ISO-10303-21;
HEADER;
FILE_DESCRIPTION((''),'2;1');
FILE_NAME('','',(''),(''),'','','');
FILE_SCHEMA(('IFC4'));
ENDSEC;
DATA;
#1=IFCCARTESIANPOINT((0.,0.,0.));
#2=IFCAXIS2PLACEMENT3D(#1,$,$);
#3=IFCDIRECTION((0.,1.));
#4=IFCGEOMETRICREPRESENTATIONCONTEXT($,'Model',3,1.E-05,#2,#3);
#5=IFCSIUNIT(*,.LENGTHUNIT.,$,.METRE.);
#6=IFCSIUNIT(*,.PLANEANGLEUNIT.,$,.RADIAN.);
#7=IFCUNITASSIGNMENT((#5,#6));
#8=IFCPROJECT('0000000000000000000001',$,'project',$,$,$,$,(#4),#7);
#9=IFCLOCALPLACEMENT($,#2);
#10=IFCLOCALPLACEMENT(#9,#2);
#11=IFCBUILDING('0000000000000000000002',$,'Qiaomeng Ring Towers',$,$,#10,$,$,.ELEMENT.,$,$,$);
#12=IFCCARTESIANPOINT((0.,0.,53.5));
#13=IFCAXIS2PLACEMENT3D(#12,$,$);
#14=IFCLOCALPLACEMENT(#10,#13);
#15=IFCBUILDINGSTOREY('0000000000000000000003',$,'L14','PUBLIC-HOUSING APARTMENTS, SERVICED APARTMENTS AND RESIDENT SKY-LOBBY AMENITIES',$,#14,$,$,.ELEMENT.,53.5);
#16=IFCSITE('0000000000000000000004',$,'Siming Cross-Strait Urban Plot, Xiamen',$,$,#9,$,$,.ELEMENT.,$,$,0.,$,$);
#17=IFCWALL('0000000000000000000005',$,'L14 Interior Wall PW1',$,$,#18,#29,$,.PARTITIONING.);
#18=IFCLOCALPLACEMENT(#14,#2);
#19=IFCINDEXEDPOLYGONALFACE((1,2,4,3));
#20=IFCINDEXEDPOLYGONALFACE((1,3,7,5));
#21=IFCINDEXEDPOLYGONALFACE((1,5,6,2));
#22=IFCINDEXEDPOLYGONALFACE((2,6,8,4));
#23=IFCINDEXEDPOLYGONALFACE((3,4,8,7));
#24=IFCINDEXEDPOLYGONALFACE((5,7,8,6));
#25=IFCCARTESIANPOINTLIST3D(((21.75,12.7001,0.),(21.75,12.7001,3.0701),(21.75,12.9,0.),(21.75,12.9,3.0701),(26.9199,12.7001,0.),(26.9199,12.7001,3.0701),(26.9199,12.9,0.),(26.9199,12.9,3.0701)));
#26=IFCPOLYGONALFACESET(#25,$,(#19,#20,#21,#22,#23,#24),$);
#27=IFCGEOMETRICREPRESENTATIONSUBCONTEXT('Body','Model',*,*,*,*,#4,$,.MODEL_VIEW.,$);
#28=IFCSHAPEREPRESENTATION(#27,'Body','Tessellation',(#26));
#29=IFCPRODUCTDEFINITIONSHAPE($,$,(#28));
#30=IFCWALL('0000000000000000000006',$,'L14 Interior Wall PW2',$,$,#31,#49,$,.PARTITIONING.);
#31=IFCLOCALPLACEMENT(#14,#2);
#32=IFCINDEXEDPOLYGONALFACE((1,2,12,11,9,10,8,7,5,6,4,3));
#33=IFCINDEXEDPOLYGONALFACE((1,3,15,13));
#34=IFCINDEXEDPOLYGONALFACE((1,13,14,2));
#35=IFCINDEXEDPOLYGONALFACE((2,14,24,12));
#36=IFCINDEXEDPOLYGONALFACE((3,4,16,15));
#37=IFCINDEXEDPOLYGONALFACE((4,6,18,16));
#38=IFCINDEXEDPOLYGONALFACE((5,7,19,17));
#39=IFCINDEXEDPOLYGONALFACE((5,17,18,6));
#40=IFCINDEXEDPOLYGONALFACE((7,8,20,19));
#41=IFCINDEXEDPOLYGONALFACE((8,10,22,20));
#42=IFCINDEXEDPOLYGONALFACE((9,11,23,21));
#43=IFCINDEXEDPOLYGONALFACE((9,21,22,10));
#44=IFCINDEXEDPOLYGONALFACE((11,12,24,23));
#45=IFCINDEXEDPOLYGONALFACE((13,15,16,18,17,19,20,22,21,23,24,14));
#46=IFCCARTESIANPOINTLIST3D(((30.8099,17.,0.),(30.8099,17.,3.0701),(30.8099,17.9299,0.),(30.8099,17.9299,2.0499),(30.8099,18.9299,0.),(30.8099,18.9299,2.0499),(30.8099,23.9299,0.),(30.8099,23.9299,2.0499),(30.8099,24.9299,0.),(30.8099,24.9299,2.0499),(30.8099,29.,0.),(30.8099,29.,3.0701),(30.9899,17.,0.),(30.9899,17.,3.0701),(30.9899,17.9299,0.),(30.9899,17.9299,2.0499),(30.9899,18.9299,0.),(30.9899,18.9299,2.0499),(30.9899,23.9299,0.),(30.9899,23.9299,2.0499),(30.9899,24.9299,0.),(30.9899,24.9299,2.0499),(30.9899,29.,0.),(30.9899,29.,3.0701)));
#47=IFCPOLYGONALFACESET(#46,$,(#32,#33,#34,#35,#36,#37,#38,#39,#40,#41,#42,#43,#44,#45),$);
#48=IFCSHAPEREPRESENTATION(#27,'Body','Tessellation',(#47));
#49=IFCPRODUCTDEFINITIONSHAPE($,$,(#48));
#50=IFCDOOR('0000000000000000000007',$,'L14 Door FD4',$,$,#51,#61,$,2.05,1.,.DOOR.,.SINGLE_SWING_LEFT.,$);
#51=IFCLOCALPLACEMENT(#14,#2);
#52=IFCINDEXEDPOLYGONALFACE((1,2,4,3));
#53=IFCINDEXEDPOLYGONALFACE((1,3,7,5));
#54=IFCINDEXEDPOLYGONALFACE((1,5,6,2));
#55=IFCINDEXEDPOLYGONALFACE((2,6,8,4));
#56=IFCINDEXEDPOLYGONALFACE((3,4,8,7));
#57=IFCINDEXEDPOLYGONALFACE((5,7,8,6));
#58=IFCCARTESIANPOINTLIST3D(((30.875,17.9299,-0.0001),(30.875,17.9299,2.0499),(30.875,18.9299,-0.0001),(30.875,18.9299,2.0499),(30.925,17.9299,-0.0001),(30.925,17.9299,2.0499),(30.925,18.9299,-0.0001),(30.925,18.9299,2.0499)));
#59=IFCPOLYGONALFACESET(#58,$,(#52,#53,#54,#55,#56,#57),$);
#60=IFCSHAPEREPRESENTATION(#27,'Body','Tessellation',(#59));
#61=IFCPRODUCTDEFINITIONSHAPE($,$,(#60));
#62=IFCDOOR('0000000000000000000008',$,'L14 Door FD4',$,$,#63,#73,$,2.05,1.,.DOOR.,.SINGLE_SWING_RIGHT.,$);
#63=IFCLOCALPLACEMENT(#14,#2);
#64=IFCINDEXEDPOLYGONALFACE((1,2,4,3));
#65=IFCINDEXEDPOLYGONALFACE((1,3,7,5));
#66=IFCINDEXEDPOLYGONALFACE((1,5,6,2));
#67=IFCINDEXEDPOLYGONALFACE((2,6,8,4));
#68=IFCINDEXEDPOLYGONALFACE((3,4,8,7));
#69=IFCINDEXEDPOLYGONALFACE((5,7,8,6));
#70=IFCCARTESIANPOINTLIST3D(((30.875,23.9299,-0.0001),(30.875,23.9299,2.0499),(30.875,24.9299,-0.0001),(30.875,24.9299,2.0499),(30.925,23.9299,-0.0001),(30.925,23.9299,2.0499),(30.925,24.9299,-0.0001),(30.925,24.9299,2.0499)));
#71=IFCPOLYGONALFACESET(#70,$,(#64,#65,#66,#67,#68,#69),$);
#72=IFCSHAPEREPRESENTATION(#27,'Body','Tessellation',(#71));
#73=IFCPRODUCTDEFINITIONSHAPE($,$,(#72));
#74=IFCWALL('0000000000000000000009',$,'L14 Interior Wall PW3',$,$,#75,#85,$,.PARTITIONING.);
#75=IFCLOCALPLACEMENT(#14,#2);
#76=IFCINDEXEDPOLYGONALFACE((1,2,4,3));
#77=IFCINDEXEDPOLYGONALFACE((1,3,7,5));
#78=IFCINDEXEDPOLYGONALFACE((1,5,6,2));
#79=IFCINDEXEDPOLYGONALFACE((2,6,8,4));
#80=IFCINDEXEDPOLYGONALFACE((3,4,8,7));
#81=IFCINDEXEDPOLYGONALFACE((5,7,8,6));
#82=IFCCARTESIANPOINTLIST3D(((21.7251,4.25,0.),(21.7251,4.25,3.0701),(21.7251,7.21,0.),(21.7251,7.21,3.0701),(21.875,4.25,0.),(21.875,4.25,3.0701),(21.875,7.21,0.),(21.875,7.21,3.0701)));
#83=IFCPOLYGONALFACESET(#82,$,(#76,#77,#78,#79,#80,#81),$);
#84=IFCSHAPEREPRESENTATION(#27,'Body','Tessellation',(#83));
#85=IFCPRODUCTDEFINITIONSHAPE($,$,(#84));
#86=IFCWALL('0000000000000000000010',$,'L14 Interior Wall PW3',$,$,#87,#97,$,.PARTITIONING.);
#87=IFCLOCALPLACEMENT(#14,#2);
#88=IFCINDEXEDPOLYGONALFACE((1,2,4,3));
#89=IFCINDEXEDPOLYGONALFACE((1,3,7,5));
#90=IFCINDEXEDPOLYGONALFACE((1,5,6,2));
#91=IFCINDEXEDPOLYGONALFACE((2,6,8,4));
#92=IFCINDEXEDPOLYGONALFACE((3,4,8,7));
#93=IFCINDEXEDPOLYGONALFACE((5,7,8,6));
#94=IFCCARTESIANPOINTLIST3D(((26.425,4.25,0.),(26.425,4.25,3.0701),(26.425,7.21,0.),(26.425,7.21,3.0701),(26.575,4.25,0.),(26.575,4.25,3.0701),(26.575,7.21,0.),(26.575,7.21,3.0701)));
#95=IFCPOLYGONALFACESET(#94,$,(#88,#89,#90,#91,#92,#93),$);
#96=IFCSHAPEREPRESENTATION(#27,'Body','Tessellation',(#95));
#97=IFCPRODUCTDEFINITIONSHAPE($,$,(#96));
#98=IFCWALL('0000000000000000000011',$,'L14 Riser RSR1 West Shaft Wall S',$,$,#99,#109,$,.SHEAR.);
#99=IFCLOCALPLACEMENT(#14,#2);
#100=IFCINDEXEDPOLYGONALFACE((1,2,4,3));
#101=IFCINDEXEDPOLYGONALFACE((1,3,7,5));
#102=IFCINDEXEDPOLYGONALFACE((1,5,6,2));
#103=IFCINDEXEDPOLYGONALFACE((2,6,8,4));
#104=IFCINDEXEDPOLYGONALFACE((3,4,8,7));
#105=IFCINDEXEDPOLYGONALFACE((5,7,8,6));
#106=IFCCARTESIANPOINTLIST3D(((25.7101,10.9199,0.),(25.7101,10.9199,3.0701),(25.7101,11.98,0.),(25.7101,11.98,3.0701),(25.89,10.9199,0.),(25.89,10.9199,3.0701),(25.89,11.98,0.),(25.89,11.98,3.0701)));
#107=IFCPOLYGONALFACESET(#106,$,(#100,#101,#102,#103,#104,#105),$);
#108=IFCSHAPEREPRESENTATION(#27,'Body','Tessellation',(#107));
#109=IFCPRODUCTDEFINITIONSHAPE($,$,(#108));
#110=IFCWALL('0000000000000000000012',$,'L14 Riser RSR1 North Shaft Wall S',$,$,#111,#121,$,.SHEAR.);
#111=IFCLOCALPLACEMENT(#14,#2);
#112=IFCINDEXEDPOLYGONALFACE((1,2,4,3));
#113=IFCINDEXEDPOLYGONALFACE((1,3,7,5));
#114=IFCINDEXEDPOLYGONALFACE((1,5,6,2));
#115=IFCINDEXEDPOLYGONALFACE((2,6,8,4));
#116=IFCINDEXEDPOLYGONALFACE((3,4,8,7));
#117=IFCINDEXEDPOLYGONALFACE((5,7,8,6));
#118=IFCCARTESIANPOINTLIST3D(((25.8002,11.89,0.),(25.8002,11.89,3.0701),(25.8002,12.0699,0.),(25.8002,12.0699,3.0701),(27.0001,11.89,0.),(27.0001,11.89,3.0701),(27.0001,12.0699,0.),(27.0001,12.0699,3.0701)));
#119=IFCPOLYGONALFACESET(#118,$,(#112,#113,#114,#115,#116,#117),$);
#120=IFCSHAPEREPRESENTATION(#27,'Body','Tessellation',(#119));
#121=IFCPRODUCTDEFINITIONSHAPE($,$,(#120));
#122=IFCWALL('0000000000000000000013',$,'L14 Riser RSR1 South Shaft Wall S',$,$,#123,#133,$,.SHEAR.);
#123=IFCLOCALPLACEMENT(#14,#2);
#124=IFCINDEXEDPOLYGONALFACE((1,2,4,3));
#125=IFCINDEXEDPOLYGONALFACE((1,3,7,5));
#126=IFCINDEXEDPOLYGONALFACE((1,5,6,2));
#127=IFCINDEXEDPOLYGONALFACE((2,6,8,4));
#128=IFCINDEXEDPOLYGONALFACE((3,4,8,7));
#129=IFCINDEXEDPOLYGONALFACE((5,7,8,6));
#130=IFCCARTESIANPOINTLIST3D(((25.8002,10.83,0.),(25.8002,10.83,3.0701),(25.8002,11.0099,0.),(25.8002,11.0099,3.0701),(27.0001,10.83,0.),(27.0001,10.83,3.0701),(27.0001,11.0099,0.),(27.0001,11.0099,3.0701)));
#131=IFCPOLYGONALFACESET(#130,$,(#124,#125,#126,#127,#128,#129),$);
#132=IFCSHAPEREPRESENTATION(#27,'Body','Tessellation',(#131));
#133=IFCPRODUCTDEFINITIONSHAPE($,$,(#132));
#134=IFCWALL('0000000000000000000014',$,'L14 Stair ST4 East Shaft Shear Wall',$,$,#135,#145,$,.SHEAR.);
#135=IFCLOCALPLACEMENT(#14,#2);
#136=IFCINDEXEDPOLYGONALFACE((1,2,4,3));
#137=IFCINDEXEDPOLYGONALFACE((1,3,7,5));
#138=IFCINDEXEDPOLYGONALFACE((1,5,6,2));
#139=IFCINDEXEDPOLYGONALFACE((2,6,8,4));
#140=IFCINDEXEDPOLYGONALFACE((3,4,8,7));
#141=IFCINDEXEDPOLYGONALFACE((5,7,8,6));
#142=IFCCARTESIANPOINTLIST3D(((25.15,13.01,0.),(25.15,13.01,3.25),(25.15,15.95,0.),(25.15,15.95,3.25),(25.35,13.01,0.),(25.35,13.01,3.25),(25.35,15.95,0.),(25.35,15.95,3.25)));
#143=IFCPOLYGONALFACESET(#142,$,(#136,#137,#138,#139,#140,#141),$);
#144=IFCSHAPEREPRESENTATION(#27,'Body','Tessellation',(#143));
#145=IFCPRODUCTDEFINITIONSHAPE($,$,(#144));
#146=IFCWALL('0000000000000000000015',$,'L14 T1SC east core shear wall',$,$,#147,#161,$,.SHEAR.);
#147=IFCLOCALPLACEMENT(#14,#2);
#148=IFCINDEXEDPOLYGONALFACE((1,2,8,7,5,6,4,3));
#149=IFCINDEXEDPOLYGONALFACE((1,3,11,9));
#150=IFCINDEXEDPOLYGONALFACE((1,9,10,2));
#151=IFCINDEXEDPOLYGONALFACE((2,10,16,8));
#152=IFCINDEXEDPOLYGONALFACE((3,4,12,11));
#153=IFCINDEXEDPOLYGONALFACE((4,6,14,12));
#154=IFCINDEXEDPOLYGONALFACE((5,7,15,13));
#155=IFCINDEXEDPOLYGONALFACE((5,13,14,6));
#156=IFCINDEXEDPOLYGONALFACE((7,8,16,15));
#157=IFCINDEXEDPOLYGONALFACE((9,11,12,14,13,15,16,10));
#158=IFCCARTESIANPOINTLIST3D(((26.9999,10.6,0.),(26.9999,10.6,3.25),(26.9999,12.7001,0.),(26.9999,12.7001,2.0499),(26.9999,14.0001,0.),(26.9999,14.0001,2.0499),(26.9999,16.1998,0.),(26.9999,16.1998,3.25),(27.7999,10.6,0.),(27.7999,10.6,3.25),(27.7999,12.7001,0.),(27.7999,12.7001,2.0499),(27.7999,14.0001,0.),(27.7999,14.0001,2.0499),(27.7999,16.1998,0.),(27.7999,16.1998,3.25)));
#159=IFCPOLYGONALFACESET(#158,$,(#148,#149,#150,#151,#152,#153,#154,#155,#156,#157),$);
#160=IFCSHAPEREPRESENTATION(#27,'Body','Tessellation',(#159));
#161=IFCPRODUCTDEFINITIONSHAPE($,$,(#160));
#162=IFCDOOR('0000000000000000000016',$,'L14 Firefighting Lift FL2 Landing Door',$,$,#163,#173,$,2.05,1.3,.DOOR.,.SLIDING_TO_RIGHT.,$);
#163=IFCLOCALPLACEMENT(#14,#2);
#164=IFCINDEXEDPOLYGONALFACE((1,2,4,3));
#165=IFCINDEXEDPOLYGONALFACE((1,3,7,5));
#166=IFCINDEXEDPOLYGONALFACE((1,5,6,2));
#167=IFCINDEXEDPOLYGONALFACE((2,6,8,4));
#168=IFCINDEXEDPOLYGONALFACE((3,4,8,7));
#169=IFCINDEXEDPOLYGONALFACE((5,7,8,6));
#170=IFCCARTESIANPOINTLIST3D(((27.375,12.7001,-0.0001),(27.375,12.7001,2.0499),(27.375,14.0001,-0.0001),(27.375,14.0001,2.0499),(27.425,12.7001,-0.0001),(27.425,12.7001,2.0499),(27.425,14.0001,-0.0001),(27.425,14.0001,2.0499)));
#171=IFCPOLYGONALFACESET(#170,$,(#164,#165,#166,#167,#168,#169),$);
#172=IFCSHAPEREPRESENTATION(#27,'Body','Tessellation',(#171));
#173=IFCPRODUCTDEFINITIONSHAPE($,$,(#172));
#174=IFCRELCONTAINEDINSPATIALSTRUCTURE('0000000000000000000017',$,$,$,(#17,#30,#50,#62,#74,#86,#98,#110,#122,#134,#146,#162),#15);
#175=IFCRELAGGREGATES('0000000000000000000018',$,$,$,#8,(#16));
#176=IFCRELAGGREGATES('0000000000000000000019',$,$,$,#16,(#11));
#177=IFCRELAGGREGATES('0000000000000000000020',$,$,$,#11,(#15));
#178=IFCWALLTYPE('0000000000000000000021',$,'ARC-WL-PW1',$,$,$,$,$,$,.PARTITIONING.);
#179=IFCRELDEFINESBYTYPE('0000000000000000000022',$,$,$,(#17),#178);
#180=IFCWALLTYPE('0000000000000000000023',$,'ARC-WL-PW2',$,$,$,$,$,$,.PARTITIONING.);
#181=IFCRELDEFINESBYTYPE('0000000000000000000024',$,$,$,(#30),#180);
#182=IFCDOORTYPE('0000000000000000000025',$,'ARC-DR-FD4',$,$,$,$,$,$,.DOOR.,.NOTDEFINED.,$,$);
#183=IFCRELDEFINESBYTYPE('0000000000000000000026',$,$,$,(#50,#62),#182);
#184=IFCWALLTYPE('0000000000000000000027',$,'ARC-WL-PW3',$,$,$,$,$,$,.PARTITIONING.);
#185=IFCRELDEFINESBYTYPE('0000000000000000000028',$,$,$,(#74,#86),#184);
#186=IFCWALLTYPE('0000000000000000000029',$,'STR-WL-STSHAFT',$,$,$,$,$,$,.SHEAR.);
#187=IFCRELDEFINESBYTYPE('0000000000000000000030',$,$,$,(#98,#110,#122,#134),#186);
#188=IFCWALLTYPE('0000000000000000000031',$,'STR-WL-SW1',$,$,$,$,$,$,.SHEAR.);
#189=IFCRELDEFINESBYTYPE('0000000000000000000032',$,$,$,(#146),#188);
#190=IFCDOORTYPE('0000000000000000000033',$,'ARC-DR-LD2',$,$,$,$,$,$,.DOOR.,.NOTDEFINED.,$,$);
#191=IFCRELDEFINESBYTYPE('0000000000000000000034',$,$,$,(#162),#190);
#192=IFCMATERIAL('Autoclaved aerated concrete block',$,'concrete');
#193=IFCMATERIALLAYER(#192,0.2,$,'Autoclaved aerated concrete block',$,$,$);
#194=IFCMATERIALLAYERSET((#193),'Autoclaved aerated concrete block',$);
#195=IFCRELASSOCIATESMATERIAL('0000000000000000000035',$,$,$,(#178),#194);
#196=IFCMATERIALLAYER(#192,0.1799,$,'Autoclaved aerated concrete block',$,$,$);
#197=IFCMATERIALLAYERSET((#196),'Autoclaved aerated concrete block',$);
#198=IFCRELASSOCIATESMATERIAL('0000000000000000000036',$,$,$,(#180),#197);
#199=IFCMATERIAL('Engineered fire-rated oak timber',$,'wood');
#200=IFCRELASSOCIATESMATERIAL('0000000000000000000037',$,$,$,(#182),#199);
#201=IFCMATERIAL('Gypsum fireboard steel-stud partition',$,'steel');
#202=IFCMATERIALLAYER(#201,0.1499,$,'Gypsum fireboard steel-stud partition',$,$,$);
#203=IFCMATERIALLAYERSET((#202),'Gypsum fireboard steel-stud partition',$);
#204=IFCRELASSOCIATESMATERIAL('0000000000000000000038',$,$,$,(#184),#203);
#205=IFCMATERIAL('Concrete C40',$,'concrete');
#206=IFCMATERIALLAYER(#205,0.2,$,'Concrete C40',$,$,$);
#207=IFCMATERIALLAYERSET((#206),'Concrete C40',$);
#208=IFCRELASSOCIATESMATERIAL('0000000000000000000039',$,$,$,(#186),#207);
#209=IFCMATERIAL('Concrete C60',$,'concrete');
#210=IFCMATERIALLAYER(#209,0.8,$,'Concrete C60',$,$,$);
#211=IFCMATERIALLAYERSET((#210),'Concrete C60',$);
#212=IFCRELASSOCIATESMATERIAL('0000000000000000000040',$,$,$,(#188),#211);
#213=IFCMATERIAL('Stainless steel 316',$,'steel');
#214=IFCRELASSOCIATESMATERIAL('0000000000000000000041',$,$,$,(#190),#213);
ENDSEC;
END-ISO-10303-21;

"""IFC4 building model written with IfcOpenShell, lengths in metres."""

from ifc_helpers import new_model, si_unit, direction, frame, frame_2d, origin, place, context, subcontext, project, spatial, rectangle, extrude, source, transform, mapped, material, layer, layer_set, type_object, element, fill, save


model = new_model("IFC4")

# Units and contexts
model_context = context("Model", 3, precision=1e-05, world=origin(), true_north=direction((0.0, 1.0)))
body_context = subcontext(model_context, "Body", "Model", "MODEL_VIEW")
ifc_project = project(units=[si_unit("LENGTHUNIT", "METRE"), si_unit("PLANEANGLEUNIT", "RADIAN")], contexts=[model_context])

# Site, building, storey
site_placement = place(None, origin())
site = spatial("IfcSite", under=ifc_project, at=site_placement, Name="Siming Cross-Strait Urban Plot, Xiamen", CompositionType="ELEMENT", RefElevation=0.0)
building_placement = place(site_placement, origin())
building = spatial("IfcBuilding", under=site, at=building_placement, Name="Qiaomeng Ring Towers", CompositionType="ELEMENT")
storey_placement = place(building_placement, frame((0.0, 0.0, 53.5)))
storey = spatial("IfcBuildingStorey", under=building, at=storey_placement, Name="L14", Description="PUBLIC-HOUSING APARTMENTS, SERVICED APARTMENTS AND RESIDENT SKY-LOBBY AMENITIES", CompositionType="ELEMENT", Elevation=53.5)

# Shared definitions
ifc_material_1 = material(Name="Concrete C60", Category="concrete")

# Shared definitions
ifc_material_2 = material(Name="Autoclaved aerated concrete block", Category="concrete")
ifc_layer_1 = layer(ifc_material_2, 0.2, Name="Autoclaved aerated concrete block")
ifc_layer_set_1 = layer_set([ifc_layer_1], Name="Autoclaved aerated concrete block")
wall_type_1 = type_object("IfcWallType", Name="ARC-WL-PW1", PredefinedType="PARTITIONING", material=ifc_layer_set_1)

# Wall
wall_1_placement = place(storey_placement, frame((21.75, 12.8, 0.0), z_axis=(0.0, 0.0, 1.0), x_axis=(1.0, 0.0, 0.0)))
element("IfcWall", 1, at=wall_1_placement, inside=storey, type_object=wall_type_1, Name="L14 Interior Wall PW1", PredefinedType="PARTITIONING", context=body_context, shape_type="SweptSolid", body=[
    extrude(rectangle(XDim=5.1699, YDim=0.2, at=frame_2d((2.585, 0.0))), origin(), (0.0, 0.0, 1.0), 3.0701),
])

# Wall, openings, doors
ifc_layer_2 = layer(ifc_material_2, 0.1799, Name="Autoclaved aerated concrete block")
ifc_layer_set_2 = layer_set([ifc_layer_2], Name="Autoclaved aerated concrete block")
wall_type_2 = type_object("IfcWallType", Name="ARC-WL-PW2", PredefinedType="PARTITIONING", material=ifc_layer_set_2)
wall_2_placement = place(storey_placement, frame((30.8999, 17.0, 0.0), z_axis=(0.0, 0.0, 1.0), x_axis=(0.0, 1.0, 0.0)))
wall_2 = element("IfcWall", 2, at=wall_2_placement, inside=storey, type_object=wall_type_2, Name="L14 Interior Wall PW2", PredefinedType="PARTITIONING", context=body_context, shape_type="SweptSolid", body=[
    extrude(rectangle(XDim=12.0, YDim=0.1799, at=frame_2d((6.0, 0.0))), origin(), (0.0, 0.0, 1.0), 3.0701),
])
opening_1_placement = place(wall_2_placement, frame((0.9299, 0.0, 0.0)))
opening_1 = element("IfcOpeningElement", 3, at=opening_1_placement, cuts=wall_2, PredefinedType="OPENING", context=body_context, shape_type="SweptSolid", body=[
    extrude(rectangle(XDim=1.0, YDim=2.05, at=frame_2d((0.5, 1.0249))), frame((0.0, 0.0999, 0.0), z_axis=(0.0, -1.0, 0.0), x_axis=(1.0, 0.0, 0.0)), (0.0, 0.0, 1.0), 0.2),
])
opening_2_placement = place(wall_2_placement, frame((6.9299, 0.0, 0.0)))
opening_2 = element("IfcOpeningElement", 4, at=opening_2_placement, cuts=wall_2, PredefinedType="OPENING", context=body_context, shape_type="SweptSolid", body=[
    extrude(rectangle(XDim=1.0, YDim=2.05, at=frame_2d((0.5, 1.0249))), frame((0.0, 0.0999, 0.0), z_axis=(0.0, -1.0, 0.0), x_axis=(1.0, 0.0, 0.0)), (0.0, 0.0, 1.0), 0.2),
])
ifc_material_3 = material(Name="Engineered fire-rated oak timber", Category="wood")
door_type_1 = type_object("IfcDoorType", Name="ARC-DR-FD4", OperationType="NOTDEFINED", PredefinedType="DOOR", material=ifc_material_3)
shared_shape_1 = source(origin(), body_context, "Body", "SweptSolid", [
    extrude(rectangle(XDim=1.0, YDim=2.05, at=frame_2d((0.5, 1.0249))), frame((0.0, 0.0249, 0.0), z_axis=(0.0, -1.0, 0.0), x_axis=(1.0, 0.0, 0.0)), (0.0, 0.0, 1.0), 0.05),
])
door_1_placement = place(opening_1_placement, origin())
door_1 = element("IfcDoor", 5, at=door_1_placement, inside=storey, type_object=door_type_1, Name="L14 Door FD4", OperationType="SINGLE_SWING_LEFT", OverallHeight=2.05, OverallWidth=1.0, PredefinedType="DOOR", context=body_context, shape_type="MappedRepresentation", body=[
    mapped(shared_shape_1, transform((0.0, 0.0, 0.0), x_axis=(1.0, 0.0, 0.0), y_axis=(0.0, 1.0, 0.0), z_axis=(0.0, 0.0, 1.0), scale=1.0)),
])
fill(opening_1, door_1)
door_2_placement = place(opening_2_placement, origin())
door_2 = element("IfcDoor", 6, at=door_2_placement, inside=storey, type_object=door_type_1, Name="L14 Door FD4", OperationType="SINGLE_SWING_RIGHT", OverallHeight=2.05, OverallWidth=1.0, PredefinedType="DOOR", context=body_context, shape_type="MappedRepresentation", body=[
    mapped(shared_shape_1, transform((0.0, 0.0, 0.0), x_axis=(1.0, 0.0, 0.0), y_axis=(0.0, 1.0, 0.0), z_axis=(0.0, 0.0, 1.0), scale=1.0)),
])
fill(opening_2, door_2)

# Walls
ifc_material_4 = material(Name="Gypsum fireboard steel-stud partition", Category="steel")
ifc_layer_3 = layer(ifc_material_4, 0.1499, Name="Gypsum fireboard steel-stud partition")
ifc_layer_set_3 = layer_set([ifc_layer_3], Name="Gypsum fireboard steel-stud partition")
wall_type_3 = type_object("IfcWallType", Name="ARC-WL-PW3", PredefinedType="PARTITIONING", material=ifc_layer_set_3)
for number, where, z_axis, x_axis, name in (
    (7, (21.8, 4.25, 0.0), (0.0, 0.0, 1.0), (0.0, 1.0, 0.0), "L14 Interior Wall PW3"),
    (8, (26.5, 4.25, 0.0), (0.0, 0.0, 1.0), (0.0, 1.0, 0.0), "L14 Interior Wall PW3"),
):
    element("IfcWall", number, at=place(storey_placement, frame(where, z_axis=z_axis, x_axis=x_axis)), inside=storey, type_object=wall_type_3, Name=name, PredefinedType="PARTITIONING", context=body_context, shape_type="SweptSolid", body=[
        extrude(rectangle(XDim=2.96, YDim=0.1499, at=frame_2d((1.48, 0.0))), origin(), (0.0, 0.0, 1.0), 3.0701),
    ])
ifc_material_5 = material(Name="Concrete C40", Category="concrete")
ifc_layer_4 = layer(ifc_material_5, 0.2, Name="Concrete C40")
ifc_layer_set_4 = layer_set([ifc_layer_4], Name="Concrete C40")
wall_type_4 = type_object("IfcWallType", Name="STR-WL-STSHAFT", PredefinedType="SHEAR", material=ifc_layer_set_4)
wall_3_placement = place(storey_placement, frame((25.8, 10.9199, 0.0), z_axis=(0.0, 0.0, 1.0), x_axis=(0.0, 1.0, 0.0)))
element("IfcWall", 9, at=wall_3_placement, inside=storey, type_object=wall_type_4, Name="L14 Riser RSR1 West Shaft Wall S", PredefinedType="SHEAR", context=body_context, shape_type="SweptSolid", body=[
    extrude(rectangle(XDim=1.0601, YDim=0.1799, at=frame_2d((0.53, 0.0))), origin(), (0.0, 0.0, 1.0), 3.0701),
])
for number, where, z_axis, x_axis, name in (
    (10, (25.8, 11.98, 0.0), (0.0, 0.0, 1.0), (1.0, 0.0, 0.0), "L14 Riser RSR1 North Shaft Wall S"),
    (11, (25.8, 10.9199, 0.0), (0.0, 0.0, 1.0), (1.0, 0.0, 0.0), "L14 Riser RSR1 South Shaft Wall S"),
):
    element("IfcWall", number, at=place(storey_placement, frame(where, z_axis=z_axis, x_axis=x_axis)), inside=storey, type_object=wall_type_4, Name=name, PredefinedType="SHEAR", context=body_context, shape_type="SweptSolid", body=[
        extrude(rectangle(XDim=1.2, YDim=0.1799, at=frame_2d((0.6001, 0.0))), origin(), (0.0, 0.0, 1.0), 3.0701),
    ])
wall_4_placement = place(storey_placement, frame((25.25, 13.01, 0.0), z_axis=(0.0, 0.0, 1.0), x_axis=(0.0, 1.0, 0.0)))
element("IfcWall", 12, at=wall_4_placement, inside=storey, type_object=wall_type_4, Name="L14 Stair ST4 East Shaft Shear Wall", PredefinedType="SHEAR", context=body_context, shape_type="SweptSolid", body=[
    extrude(rectangle(XDim=2.9399, YDim=0.2, at=frame_2d((1.47, 0.0))), origin(), (0.0, 0.0, 1.0), 3.25),
])

# Wall, opening, door
ifc_layer_5 = layer(ifc_material_1, 0.8, Name="Concrete C60")
ifc_layer_set_5 = layer_set([ifc_layer_5], Name="Concrete C60")
wall_type_5 = type_object("IfcWallType", Name="STR-WL-SW1", PredefinedType="SHEAR", material=ifc_layer_set_5)
wall_5_placement = place(storey_placement, frame((27.3999, 10.6001, 0.0), z_axis=(0.0, 0.0, 1.0), x_axis=(0.0, 1.0, 0.0)))
wall_5 = element("IfcWall", 13, at=wall_5_placement, inside=storey, type_object=wall_type_5, Name="L14 T1SC east core shear wall", PredefinedType="SHEAR", context=body_context, shape_type="SweptSolid", body=[
    extrude(rectangle(XDim=5.5999, YDim=0.8, at=frame_2d((2.7998, 0.0))), origin(), (0.0, 0.0, 1.0), 3.25),
])
opening_3_placement = place(wall_5_placement, frame((2.1001, 0.0, 0.0)))
opening_3 = element("IfcOpeningElement", 14, at=opening_3_placement, cuts=wall_5, PredefinedType="OPENING", context=body_context, shape_type="SweptSolid", body=[
    extrude(rectangle(XDim=1.3, YDim=2.05, at=frame_2d((0.6499, 1.0249))), frame((0.0, 0.4099, 0.0), z_axis=(0.0, -1.0, 0.0), x_axis=(1.0, 0.0, 0.0)), (0.0, 0.0, 1.0), 0.8201),
])
ifc_material_6 = material(Name="Stainless steel 316", Category="steel")
door_type_2 = type_object("IfcDoorType", Name="ARC-DR-LD2", OperationType="NOTDEFINED", PredefinedType="DOOR", material=ifc_material_6)
shared_shape_2 = source(origin(), body_context, "Body", "SweptSolid", [
    extrude(rectangle(XDim=1.3, YDim=2.05, at=frame_2d((0.6499, 1.0249))), frame((0.0, 0.0249, 0.0), z_axis=(0.0, -1.0, 0.0), x_axis=(1.0, 0.0, 0.0)), (0.0, 0.0, 1.0), 0.05),
])
door_3_placement = place(opening_3_placement, origin())
door_3 = element("IfcDoor", 15, at=door_3_placement, inside=storey, type_object=door_type_2, Name="L14 Firefighting Lift FL2 Landing Door", OperationType="SLIDING_TO_RIGHT", OverallHeight=2.05, OverallWidth=1.3, PredefinedType="DOOR", context=body_context, shape_type="MappedRepresentation", body=[
    mapped(shared_shape_2, transform((0.0, 0.0, 0.0), x_axis=(1.0, 0.0, 0.0), y_axis=(0.0, 1.0, 0.0), z_axis=(0.0, 0.0, 1.0), scale=1.0)),
])
fill(opening_3, door_3)

save(model, "model.ifc")
